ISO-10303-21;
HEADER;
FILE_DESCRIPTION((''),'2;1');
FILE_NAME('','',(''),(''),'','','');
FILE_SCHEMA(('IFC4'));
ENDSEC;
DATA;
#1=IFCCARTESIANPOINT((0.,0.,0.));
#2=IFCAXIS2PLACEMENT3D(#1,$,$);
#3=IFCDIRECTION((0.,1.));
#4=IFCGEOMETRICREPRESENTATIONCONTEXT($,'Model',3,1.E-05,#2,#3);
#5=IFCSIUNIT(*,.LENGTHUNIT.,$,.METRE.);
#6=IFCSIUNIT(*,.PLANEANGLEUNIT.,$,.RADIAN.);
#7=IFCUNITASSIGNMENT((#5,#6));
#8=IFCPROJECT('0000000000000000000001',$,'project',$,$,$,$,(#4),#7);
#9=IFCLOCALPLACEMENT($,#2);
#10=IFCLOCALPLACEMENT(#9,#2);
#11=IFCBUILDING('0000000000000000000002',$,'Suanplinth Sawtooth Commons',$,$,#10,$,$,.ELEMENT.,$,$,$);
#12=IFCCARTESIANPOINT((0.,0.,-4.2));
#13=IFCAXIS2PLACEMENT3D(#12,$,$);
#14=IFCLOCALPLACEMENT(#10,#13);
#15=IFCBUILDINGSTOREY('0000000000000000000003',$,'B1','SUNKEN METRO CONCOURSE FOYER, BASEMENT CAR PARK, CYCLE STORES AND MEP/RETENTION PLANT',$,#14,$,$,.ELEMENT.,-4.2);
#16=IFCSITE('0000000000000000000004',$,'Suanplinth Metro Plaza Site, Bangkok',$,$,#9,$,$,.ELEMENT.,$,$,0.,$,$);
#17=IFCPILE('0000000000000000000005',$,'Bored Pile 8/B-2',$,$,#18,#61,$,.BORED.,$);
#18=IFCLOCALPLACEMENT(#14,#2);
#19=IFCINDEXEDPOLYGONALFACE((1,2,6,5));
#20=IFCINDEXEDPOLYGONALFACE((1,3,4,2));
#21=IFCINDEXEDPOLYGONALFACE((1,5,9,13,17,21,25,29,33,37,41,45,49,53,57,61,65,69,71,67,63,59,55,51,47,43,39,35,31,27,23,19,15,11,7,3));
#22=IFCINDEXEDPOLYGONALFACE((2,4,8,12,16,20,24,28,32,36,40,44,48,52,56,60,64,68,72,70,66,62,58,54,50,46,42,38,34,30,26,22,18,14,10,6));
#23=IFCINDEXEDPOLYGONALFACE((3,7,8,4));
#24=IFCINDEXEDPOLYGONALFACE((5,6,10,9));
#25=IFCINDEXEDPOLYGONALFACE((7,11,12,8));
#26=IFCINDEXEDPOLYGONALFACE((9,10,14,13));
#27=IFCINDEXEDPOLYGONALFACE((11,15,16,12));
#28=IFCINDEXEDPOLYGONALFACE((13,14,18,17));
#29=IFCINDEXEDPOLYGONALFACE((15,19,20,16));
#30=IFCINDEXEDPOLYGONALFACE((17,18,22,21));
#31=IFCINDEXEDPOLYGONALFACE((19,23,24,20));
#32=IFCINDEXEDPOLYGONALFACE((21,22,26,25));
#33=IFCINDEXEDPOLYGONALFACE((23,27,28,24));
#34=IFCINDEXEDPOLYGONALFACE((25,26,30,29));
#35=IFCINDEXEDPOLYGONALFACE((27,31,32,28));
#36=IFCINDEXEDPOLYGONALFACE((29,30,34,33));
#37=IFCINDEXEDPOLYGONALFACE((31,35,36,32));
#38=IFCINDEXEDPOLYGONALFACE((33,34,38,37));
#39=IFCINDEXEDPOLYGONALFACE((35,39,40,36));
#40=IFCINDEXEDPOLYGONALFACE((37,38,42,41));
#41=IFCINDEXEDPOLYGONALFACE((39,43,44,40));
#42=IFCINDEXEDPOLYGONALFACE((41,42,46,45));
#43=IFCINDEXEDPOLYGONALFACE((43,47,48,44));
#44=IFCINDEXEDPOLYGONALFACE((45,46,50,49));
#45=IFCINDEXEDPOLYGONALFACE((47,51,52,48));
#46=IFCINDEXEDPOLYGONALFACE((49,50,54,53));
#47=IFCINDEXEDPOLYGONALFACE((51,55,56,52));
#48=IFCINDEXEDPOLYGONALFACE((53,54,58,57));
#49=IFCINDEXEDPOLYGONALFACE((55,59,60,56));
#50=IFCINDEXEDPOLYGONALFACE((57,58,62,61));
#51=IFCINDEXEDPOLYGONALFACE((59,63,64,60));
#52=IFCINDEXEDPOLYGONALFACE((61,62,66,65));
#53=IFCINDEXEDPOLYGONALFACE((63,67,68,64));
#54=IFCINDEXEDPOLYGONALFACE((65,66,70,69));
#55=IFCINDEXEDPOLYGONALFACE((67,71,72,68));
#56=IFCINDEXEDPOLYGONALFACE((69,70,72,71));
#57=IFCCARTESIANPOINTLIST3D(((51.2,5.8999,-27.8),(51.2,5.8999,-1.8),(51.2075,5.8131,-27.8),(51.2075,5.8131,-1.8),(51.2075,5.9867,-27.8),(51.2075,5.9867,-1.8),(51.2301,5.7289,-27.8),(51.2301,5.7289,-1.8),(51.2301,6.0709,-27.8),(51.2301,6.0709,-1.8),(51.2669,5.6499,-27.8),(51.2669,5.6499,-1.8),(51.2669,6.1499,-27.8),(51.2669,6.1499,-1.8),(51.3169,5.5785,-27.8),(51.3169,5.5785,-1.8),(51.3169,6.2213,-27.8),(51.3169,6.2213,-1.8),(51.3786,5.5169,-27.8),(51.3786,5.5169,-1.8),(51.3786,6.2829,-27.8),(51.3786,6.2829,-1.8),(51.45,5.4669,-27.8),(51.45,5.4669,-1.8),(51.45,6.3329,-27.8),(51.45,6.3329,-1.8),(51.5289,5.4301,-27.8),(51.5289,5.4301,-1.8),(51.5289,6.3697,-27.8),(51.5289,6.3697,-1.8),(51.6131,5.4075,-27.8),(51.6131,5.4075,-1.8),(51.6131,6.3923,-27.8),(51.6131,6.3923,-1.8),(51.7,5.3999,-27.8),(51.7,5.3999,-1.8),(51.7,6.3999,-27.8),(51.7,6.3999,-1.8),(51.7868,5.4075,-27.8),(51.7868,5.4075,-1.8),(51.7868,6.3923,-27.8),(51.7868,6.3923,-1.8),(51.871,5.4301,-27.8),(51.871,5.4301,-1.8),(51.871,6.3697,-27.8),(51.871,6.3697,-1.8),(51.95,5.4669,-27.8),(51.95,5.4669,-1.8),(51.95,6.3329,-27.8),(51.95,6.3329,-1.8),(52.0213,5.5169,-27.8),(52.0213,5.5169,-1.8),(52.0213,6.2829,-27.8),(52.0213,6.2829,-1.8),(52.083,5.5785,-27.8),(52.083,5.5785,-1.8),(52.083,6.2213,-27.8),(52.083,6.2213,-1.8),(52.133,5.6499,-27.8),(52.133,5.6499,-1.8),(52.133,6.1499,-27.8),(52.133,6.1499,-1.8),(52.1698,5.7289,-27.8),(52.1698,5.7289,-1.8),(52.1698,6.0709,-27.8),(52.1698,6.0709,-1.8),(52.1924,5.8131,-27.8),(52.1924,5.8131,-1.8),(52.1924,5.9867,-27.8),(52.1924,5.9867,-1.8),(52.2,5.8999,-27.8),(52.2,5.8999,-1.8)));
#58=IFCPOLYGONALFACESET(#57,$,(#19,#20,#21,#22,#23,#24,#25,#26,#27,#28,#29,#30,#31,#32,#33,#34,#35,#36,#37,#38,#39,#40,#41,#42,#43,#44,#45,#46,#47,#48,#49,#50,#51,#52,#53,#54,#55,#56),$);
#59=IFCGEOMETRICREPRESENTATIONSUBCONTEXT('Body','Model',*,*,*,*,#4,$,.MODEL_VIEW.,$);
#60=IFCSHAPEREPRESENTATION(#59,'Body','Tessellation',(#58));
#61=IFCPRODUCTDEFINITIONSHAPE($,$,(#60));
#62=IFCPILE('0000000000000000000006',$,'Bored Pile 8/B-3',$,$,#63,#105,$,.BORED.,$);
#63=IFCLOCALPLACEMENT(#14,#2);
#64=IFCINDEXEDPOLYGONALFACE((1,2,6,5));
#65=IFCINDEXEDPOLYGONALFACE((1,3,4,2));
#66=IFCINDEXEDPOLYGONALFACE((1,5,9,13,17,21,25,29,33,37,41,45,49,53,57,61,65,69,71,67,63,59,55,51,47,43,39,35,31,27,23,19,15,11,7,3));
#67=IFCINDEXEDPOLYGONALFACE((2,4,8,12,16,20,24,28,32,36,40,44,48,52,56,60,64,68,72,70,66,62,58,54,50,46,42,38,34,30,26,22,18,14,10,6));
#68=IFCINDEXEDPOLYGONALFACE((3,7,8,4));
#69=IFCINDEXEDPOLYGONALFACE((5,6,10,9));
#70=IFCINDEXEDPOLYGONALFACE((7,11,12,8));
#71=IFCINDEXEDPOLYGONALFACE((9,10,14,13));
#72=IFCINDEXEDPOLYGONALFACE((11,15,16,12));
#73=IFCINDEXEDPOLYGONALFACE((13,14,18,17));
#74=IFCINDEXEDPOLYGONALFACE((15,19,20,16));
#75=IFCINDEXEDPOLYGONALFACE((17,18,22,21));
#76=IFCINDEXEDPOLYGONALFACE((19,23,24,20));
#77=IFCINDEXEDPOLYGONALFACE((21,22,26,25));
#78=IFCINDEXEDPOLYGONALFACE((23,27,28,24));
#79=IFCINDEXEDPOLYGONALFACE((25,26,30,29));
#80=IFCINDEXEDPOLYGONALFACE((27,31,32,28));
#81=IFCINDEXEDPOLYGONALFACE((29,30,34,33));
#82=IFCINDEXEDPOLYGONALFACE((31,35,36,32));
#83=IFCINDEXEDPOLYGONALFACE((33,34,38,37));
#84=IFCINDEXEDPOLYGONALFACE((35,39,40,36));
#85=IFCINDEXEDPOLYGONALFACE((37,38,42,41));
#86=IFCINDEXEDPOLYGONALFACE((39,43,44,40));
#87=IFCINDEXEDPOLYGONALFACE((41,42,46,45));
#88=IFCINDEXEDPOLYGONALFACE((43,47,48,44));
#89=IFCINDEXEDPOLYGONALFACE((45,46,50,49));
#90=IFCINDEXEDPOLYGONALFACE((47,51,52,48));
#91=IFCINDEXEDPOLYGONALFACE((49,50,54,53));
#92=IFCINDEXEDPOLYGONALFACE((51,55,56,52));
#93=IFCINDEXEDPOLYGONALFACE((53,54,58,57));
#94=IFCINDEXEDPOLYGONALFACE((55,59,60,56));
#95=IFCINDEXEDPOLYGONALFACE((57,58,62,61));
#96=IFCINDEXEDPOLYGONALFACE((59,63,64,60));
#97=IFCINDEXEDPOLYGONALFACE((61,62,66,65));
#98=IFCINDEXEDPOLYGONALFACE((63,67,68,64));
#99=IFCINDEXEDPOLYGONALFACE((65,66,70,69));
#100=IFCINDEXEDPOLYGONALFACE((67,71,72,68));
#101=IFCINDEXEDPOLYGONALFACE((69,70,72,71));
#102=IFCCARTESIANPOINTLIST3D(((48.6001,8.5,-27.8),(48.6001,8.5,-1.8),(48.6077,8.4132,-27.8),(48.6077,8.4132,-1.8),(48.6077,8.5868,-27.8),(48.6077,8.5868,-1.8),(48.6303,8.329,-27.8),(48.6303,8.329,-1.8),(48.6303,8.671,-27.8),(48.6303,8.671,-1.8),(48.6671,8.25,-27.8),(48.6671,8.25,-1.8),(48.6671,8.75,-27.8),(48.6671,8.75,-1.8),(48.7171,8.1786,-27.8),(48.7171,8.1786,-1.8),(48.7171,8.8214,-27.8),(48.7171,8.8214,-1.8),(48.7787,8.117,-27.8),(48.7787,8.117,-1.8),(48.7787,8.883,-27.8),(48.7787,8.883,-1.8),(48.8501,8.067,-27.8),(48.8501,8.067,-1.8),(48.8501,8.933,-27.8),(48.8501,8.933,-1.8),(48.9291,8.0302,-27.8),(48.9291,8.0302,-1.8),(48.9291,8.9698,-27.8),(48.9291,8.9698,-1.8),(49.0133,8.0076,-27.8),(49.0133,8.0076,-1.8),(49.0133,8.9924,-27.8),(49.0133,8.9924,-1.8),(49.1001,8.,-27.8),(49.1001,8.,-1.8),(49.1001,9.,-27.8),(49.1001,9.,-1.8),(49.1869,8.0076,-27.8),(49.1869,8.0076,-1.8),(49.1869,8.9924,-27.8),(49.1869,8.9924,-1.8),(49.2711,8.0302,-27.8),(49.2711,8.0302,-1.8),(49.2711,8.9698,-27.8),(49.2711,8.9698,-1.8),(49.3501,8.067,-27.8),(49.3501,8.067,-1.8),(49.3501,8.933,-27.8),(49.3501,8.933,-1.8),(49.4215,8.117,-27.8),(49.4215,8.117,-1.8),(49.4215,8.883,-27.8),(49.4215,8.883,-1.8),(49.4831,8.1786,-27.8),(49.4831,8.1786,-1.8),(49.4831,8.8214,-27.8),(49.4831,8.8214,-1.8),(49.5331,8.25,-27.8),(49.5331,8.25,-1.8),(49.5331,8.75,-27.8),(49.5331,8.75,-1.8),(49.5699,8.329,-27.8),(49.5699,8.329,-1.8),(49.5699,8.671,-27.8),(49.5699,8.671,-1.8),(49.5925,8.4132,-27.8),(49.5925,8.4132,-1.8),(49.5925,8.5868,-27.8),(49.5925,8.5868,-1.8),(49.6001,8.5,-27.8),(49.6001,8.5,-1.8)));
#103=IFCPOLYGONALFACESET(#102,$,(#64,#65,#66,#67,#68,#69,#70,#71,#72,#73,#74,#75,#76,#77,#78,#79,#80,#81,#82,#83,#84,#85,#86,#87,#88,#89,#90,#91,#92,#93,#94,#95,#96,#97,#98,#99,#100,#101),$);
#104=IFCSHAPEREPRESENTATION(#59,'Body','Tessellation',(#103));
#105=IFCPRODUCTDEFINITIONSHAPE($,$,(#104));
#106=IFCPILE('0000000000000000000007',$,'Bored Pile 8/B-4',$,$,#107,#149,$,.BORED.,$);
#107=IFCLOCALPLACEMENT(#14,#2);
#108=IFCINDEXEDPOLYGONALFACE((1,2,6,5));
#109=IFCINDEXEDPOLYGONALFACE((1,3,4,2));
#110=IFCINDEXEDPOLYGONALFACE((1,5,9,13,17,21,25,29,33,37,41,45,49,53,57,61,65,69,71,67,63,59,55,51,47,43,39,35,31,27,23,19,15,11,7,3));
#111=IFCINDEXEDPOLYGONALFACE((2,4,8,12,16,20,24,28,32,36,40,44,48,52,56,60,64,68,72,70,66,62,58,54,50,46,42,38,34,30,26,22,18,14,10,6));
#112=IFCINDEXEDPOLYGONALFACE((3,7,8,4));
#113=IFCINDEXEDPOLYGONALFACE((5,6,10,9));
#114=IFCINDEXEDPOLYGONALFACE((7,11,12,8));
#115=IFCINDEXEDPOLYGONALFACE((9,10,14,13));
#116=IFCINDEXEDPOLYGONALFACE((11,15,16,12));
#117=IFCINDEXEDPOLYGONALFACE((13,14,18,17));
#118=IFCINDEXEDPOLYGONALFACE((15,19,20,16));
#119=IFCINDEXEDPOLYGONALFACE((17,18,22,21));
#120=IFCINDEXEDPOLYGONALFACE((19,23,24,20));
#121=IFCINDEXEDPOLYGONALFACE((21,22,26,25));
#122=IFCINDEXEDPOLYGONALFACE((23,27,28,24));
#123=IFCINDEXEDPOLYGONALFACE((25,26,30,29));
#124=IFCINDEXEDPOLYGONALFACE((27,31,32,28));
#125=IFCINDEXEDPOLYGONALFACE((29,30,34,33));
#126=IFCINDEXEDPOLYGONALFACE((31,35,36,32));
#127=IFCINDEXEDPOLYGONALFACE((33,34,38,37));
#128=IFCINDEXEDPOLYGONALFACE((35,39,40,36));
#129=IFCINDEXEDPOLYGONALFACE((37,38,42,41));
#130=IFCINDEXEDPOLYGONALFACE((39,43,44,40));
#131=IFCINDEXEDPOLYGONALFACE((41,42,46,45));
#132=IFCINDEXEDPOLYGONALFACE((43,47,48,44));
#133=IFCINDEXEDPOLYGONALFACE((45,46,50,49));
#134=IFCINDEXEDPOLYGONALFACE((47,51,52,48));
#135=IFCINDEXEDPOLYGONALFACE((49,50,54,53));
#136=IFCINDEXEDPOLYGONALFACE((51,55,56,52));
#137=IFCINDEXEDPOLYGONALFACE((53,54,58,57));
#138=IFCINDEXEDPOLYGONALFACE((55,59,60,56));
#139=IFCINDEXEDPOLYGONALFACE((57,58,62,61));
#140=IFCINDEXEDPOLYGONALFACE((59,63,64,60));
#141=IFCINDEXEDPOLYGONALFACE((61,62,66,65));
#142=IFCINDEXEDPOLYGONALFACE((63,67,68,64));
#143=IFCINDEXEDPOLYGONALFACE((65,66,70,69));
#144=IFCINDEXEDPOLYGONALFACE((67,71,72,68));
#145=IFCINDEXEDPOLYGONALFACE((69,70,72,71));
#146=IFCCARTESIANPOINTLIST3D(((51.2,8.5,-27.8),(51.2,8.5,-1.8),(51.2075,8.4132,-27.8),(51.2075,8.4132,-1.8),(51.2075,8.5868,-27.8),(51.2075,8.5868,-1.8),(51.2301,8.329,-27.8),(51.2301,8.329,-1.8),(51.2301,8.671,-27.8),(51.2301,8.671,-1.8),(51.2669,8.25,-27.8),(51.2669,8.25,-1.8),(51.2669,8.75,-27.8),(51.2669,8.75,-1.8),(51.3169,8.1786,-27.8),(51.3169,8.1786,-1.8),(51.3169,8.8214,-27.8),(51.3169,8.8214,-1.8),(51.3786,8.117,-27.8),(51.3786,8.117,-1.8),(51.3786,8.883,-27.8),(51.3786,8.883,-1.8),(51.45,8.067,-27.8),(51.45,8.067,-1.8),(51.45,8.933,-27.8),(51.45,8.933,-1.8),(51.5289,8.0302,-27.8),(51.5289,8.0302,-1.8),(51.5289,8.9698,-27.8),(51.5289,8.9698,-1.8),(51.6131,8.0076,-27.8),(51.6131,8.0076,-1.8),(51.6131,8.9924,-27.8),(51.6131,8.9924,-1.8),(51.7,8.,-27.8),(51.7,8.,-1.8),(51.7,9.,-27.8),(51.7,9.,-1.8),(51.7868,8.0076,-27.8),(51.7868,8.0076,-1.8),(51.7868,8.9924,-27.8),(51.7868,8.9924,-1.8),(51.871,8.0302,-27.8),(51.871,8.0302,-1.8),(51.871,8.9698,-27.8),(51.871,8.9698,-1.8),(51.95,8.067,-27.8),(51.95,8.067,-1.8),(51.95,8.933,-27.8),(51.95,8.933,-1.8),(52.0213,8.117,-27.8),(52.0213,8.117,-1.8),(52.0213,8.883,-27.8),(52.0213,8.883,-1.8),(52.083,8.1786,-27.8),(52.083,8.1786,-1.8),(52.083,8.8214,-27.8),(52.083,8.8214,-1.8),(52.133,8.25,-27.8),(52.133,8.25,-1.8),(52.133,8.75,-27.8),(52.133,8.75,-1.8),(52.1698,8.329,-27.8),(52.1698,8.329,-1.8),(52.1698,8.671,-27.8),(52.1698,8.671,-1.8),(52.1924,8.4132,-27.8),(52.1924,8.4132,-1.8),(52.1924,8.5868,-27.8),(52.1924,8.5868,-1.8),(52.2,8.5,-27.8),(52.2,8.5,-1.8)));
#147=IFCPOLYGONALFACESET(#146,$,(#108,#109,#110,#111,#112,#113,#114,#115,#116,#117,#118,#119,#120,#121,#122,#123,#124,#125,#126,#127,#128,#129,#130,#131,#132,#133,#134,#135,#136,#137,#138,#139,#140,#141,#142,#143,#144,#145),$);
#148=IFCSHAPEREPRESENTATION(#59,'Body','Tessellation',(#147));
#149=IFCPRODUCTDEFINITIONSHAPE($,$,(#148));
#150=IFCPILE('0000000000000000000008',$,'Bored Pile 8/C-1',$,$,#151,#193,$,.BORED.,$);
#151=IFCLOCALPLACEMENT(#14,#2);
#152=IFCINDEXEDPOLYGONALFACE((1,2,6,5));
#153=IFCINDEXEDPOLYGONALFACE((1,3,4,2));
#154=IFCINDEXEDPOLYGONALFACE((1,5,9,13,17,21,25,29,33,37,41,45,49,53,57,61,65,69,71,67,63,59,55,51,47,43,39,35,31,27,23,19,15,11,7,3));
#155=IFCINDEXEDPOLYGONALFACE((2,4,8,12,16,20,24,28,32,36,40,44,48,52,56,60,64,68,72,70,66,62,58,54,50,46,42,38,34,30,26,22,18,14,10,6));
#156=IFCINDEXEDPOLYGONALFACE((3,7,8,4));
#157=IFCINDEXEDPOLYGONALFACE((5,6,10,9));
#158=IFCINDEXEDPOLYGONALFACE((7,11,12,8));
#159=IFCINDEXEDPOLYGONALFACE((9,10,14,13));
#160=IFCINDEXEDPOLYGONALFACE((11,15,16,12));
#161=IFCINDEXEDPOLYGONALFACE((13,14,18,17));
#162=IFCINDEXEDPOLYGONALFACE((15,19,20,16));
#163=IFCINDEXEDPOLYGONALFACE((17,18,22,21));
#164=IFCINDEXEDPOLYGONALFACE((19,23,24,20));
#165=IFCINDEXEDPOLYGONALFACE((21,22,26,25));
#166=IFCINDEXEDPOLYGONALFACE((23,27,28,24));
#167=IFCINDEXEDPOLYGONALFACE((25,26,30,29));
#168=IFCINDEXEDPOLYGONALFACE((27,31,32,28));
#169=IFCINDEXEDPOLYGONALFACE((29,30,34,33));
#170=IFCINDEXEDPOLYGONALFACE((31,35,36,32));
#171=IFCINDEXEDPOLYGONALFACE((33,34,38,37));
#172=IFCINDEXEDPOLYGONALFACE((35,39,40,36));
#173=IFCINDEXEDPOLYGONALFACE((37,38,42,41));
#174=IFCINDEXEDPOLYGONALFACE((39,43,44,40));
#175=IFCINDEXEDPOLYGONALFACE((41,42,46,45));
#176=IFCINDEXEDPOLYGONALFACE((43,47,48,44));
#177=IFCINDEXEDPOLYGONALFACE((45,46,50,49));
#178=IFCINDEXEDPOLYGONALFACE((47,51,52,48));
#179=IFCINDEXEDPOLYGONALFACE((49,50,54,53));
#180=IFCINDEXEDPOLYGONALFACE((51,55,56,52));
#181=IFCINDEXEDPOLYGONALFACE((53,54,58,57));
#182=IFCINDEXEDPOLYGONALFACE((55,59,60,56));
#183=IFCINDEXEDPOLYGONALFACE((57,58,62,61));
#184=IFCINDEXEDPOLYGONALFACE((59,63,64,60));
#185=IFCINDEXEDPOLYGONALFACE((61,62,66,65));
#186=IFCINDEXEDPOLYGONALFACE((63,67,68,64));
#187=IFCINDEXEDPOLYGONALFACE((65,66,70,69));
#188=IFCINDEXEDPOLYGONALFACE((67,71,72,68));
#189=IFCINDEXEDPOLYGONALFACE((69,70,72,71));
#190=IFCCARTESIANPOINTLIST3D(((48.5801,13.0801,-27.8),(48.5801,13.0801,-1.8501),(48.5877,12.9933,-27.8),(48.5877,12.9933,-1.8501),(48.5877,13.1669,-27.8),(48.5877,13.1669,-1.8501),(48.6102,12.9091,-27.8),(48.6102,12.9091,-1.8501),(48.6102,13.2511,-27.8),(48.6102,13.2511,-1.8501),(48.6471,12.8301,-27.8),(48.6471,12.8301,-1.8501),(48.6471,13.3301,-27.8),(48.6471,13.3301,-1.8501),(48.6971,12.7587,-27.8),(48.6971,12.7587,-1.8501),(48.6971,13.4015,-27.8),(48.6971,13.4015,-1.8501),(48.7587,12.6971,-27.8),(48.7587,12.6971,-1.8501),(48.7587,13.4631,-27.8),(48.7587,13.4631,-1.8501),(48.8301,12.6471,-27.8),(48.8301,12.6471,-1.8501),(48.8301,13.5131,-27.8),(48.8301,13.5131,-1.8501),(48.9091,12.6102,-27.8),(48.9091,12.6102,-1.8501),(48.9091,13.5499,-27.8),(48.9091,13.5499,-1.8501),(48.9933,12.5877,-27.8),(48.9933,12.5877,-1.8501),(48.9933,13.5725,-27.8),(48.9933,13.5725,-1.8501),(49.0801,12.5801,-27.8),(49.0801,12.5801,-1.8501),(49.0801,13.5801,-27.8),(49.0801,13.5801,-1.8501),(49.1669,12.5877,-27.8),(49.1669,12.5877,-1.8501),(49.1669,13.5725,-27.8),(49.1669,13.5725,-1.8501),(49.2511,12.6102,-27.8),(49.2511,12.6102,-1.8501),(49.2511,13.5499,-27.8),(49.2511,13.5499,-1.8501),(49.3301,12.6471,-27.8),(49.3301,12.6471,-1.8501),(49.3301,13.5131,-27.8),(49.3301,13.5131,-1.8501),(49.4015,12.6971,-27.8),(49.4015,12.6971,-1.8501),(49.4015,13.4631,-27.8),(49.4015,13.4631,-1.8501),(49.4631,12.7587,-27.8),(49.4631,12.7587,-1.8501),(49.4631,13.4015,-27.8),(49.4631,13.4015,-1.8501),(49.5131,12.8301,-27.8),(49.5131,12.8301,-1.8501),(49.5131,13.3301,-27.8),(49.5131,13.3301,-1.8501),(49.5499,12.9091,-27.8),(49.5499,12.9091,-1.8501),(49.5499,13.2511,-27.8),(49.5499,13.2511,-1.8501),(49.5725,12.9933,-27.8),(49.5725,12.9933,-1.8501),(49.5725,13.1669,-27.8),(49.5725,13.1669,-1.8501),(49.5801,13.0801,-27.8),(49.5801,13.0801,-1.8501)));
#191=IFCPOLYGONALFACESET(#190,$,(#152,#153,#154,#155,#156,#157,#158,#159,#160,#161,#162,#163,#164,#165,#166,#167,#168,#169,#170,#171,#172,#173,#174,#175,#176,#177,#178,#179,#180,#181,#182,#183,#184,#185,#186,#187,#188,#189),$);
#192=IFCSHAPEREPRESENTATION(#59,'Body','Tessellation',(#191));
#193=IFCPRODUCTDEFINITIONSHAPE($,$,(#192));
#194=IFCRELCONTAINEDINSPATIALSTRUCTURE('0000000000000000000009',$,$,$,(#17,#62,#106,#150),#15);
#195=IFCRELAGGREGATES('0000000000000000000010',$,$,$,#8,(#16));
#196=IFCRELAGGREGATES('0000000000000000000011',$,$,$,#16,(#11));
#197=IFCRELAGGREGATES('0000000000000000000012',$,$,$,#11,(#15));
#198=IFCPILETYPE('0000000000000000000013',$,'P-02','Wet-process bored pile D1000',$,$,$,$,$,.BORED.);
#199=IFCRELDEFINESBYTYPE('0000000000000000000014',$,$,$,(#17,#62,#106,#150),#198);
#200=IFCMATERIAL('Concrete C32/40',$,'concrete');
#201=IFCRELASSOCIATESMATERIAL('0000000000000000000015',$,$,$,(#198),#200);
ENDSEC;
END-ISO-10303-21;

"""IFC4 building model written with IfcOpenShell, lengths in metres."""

from ifc_helpers import new_model, si_unit, direction, frame, origin, origin_2d, place, context, subcontext, project, spatial, circle, extrude, material, material_profile, profile_set, type_object, element, save


model = new_model("IFC4")

# Units and contexts
model_context = context("Model", 3, precision=1e-05, world=origin(), true_north=direction((0.0, 1.0)))
body_context = subcontext(model_context, "Body", "Model", "MODEL_VIEW")
ifc_project = project(units=[si_unit("LENGTHUNIT", "METRE"), si_unit("PLANEANGLEUNIT", "RADIAN")], contexts=[model_context])

# Site, building, storey
site_placement = place(None, origin())
site = spatial("IfcSite", under=ifc_project, at=site_placement, Name="Suanplinth Metro Plaza Site, Bangkok", CompositionType="ELEMENT", RefElevation=0.0)
building_placement = place(site_placement, origin())
building = spatial("IfcBuilding", under=site, at=building_placement, Name="Suanplinth Sawtooth Commons", CompositionType="ELEMENT")
storey_placement = place(building_placement, frame((0.0, 0.0, -4.2)))
storey = spatial("IfcBuildingStorey", under=building, at=storey_placement, Name="B1", Description="SUNKEN METRO CONCOURSE FOYER, BASEMENT CAR PARK, CYCLE STORES AND MEP/RETENTION PLANT", CompositionType="ELEMENT", Elevation=-4.2)

# Piles
ifc_material_1 = material(Name="Concrete C32/40", Category="concrete")
ifc_material_profile_1 = material_profile(ifc_material_1, circle(Radius=0.5, at=origin_2d()), Name="PILE D1000")
ifc_profile_set_1 = profile_set([ifc_material_profile_1], Name="Concrete C32/40")
pile_type = type_object("IfcPileType", Name="P-02", Description="Wet-process bored pile D1000", PredefinedType="BORED", material=ifc_profile_set_1)
for number, where, z_axis, x_axis, name in (
    (1, (51.7, 5.8999, -1.8), (0.0, 0.0, -1.0), (1.0, 0.0, 0.0), "Bored Pile 8/B-2"),
    (2, (49.1001, 8.5, -1.8), (0.0, 0.0, -1.0), (1.0, 0.0, 0.0), "Bored Pile 8/B-3"),
    (3, (51.7, 8.5, -1.8), (0.0, 0.0, -1.0), (1.0, 0.0, 0.0), "Bored Pile 8/B-4"),
):
    element("IfcPile", number, at=place(storey_placement, frame(where, z_axis=z_axis, x_axis=x_axis)), inside=storey, type_object=pile_type, Name=name, PredefinedType="BORED", context=body_context, shape_type="SweptSolid", body=[
        extrude(circle(Radius=0.5, at=origin_2d()), origin(), (0.0, 0.0, 1.0), 26.0),
    ])
for number, where, z_axis, x_axis, name in (
    (4, (49.0801, 13.0801, -1.8501), (0.0, 0.0, -1.0), (1.0, 0.0, 0.0), "Bored Pile 8/C-1"),
):
    element("IfcPile", number, at=place(storey_placement, frame(where, z_axis=z_axis, x_axis=x_axis)), inside=storey, type_object=pile_type, Name=name, PredefinedType="BORED", context=body_context, shape_type="SweptSolid", body=[
        extrude(circle(Radius=0.5, at=origin_2d()), origin(), (0.0, 0.0, 1.0), 25.95),
    ])

save(model, "model.ifc")
